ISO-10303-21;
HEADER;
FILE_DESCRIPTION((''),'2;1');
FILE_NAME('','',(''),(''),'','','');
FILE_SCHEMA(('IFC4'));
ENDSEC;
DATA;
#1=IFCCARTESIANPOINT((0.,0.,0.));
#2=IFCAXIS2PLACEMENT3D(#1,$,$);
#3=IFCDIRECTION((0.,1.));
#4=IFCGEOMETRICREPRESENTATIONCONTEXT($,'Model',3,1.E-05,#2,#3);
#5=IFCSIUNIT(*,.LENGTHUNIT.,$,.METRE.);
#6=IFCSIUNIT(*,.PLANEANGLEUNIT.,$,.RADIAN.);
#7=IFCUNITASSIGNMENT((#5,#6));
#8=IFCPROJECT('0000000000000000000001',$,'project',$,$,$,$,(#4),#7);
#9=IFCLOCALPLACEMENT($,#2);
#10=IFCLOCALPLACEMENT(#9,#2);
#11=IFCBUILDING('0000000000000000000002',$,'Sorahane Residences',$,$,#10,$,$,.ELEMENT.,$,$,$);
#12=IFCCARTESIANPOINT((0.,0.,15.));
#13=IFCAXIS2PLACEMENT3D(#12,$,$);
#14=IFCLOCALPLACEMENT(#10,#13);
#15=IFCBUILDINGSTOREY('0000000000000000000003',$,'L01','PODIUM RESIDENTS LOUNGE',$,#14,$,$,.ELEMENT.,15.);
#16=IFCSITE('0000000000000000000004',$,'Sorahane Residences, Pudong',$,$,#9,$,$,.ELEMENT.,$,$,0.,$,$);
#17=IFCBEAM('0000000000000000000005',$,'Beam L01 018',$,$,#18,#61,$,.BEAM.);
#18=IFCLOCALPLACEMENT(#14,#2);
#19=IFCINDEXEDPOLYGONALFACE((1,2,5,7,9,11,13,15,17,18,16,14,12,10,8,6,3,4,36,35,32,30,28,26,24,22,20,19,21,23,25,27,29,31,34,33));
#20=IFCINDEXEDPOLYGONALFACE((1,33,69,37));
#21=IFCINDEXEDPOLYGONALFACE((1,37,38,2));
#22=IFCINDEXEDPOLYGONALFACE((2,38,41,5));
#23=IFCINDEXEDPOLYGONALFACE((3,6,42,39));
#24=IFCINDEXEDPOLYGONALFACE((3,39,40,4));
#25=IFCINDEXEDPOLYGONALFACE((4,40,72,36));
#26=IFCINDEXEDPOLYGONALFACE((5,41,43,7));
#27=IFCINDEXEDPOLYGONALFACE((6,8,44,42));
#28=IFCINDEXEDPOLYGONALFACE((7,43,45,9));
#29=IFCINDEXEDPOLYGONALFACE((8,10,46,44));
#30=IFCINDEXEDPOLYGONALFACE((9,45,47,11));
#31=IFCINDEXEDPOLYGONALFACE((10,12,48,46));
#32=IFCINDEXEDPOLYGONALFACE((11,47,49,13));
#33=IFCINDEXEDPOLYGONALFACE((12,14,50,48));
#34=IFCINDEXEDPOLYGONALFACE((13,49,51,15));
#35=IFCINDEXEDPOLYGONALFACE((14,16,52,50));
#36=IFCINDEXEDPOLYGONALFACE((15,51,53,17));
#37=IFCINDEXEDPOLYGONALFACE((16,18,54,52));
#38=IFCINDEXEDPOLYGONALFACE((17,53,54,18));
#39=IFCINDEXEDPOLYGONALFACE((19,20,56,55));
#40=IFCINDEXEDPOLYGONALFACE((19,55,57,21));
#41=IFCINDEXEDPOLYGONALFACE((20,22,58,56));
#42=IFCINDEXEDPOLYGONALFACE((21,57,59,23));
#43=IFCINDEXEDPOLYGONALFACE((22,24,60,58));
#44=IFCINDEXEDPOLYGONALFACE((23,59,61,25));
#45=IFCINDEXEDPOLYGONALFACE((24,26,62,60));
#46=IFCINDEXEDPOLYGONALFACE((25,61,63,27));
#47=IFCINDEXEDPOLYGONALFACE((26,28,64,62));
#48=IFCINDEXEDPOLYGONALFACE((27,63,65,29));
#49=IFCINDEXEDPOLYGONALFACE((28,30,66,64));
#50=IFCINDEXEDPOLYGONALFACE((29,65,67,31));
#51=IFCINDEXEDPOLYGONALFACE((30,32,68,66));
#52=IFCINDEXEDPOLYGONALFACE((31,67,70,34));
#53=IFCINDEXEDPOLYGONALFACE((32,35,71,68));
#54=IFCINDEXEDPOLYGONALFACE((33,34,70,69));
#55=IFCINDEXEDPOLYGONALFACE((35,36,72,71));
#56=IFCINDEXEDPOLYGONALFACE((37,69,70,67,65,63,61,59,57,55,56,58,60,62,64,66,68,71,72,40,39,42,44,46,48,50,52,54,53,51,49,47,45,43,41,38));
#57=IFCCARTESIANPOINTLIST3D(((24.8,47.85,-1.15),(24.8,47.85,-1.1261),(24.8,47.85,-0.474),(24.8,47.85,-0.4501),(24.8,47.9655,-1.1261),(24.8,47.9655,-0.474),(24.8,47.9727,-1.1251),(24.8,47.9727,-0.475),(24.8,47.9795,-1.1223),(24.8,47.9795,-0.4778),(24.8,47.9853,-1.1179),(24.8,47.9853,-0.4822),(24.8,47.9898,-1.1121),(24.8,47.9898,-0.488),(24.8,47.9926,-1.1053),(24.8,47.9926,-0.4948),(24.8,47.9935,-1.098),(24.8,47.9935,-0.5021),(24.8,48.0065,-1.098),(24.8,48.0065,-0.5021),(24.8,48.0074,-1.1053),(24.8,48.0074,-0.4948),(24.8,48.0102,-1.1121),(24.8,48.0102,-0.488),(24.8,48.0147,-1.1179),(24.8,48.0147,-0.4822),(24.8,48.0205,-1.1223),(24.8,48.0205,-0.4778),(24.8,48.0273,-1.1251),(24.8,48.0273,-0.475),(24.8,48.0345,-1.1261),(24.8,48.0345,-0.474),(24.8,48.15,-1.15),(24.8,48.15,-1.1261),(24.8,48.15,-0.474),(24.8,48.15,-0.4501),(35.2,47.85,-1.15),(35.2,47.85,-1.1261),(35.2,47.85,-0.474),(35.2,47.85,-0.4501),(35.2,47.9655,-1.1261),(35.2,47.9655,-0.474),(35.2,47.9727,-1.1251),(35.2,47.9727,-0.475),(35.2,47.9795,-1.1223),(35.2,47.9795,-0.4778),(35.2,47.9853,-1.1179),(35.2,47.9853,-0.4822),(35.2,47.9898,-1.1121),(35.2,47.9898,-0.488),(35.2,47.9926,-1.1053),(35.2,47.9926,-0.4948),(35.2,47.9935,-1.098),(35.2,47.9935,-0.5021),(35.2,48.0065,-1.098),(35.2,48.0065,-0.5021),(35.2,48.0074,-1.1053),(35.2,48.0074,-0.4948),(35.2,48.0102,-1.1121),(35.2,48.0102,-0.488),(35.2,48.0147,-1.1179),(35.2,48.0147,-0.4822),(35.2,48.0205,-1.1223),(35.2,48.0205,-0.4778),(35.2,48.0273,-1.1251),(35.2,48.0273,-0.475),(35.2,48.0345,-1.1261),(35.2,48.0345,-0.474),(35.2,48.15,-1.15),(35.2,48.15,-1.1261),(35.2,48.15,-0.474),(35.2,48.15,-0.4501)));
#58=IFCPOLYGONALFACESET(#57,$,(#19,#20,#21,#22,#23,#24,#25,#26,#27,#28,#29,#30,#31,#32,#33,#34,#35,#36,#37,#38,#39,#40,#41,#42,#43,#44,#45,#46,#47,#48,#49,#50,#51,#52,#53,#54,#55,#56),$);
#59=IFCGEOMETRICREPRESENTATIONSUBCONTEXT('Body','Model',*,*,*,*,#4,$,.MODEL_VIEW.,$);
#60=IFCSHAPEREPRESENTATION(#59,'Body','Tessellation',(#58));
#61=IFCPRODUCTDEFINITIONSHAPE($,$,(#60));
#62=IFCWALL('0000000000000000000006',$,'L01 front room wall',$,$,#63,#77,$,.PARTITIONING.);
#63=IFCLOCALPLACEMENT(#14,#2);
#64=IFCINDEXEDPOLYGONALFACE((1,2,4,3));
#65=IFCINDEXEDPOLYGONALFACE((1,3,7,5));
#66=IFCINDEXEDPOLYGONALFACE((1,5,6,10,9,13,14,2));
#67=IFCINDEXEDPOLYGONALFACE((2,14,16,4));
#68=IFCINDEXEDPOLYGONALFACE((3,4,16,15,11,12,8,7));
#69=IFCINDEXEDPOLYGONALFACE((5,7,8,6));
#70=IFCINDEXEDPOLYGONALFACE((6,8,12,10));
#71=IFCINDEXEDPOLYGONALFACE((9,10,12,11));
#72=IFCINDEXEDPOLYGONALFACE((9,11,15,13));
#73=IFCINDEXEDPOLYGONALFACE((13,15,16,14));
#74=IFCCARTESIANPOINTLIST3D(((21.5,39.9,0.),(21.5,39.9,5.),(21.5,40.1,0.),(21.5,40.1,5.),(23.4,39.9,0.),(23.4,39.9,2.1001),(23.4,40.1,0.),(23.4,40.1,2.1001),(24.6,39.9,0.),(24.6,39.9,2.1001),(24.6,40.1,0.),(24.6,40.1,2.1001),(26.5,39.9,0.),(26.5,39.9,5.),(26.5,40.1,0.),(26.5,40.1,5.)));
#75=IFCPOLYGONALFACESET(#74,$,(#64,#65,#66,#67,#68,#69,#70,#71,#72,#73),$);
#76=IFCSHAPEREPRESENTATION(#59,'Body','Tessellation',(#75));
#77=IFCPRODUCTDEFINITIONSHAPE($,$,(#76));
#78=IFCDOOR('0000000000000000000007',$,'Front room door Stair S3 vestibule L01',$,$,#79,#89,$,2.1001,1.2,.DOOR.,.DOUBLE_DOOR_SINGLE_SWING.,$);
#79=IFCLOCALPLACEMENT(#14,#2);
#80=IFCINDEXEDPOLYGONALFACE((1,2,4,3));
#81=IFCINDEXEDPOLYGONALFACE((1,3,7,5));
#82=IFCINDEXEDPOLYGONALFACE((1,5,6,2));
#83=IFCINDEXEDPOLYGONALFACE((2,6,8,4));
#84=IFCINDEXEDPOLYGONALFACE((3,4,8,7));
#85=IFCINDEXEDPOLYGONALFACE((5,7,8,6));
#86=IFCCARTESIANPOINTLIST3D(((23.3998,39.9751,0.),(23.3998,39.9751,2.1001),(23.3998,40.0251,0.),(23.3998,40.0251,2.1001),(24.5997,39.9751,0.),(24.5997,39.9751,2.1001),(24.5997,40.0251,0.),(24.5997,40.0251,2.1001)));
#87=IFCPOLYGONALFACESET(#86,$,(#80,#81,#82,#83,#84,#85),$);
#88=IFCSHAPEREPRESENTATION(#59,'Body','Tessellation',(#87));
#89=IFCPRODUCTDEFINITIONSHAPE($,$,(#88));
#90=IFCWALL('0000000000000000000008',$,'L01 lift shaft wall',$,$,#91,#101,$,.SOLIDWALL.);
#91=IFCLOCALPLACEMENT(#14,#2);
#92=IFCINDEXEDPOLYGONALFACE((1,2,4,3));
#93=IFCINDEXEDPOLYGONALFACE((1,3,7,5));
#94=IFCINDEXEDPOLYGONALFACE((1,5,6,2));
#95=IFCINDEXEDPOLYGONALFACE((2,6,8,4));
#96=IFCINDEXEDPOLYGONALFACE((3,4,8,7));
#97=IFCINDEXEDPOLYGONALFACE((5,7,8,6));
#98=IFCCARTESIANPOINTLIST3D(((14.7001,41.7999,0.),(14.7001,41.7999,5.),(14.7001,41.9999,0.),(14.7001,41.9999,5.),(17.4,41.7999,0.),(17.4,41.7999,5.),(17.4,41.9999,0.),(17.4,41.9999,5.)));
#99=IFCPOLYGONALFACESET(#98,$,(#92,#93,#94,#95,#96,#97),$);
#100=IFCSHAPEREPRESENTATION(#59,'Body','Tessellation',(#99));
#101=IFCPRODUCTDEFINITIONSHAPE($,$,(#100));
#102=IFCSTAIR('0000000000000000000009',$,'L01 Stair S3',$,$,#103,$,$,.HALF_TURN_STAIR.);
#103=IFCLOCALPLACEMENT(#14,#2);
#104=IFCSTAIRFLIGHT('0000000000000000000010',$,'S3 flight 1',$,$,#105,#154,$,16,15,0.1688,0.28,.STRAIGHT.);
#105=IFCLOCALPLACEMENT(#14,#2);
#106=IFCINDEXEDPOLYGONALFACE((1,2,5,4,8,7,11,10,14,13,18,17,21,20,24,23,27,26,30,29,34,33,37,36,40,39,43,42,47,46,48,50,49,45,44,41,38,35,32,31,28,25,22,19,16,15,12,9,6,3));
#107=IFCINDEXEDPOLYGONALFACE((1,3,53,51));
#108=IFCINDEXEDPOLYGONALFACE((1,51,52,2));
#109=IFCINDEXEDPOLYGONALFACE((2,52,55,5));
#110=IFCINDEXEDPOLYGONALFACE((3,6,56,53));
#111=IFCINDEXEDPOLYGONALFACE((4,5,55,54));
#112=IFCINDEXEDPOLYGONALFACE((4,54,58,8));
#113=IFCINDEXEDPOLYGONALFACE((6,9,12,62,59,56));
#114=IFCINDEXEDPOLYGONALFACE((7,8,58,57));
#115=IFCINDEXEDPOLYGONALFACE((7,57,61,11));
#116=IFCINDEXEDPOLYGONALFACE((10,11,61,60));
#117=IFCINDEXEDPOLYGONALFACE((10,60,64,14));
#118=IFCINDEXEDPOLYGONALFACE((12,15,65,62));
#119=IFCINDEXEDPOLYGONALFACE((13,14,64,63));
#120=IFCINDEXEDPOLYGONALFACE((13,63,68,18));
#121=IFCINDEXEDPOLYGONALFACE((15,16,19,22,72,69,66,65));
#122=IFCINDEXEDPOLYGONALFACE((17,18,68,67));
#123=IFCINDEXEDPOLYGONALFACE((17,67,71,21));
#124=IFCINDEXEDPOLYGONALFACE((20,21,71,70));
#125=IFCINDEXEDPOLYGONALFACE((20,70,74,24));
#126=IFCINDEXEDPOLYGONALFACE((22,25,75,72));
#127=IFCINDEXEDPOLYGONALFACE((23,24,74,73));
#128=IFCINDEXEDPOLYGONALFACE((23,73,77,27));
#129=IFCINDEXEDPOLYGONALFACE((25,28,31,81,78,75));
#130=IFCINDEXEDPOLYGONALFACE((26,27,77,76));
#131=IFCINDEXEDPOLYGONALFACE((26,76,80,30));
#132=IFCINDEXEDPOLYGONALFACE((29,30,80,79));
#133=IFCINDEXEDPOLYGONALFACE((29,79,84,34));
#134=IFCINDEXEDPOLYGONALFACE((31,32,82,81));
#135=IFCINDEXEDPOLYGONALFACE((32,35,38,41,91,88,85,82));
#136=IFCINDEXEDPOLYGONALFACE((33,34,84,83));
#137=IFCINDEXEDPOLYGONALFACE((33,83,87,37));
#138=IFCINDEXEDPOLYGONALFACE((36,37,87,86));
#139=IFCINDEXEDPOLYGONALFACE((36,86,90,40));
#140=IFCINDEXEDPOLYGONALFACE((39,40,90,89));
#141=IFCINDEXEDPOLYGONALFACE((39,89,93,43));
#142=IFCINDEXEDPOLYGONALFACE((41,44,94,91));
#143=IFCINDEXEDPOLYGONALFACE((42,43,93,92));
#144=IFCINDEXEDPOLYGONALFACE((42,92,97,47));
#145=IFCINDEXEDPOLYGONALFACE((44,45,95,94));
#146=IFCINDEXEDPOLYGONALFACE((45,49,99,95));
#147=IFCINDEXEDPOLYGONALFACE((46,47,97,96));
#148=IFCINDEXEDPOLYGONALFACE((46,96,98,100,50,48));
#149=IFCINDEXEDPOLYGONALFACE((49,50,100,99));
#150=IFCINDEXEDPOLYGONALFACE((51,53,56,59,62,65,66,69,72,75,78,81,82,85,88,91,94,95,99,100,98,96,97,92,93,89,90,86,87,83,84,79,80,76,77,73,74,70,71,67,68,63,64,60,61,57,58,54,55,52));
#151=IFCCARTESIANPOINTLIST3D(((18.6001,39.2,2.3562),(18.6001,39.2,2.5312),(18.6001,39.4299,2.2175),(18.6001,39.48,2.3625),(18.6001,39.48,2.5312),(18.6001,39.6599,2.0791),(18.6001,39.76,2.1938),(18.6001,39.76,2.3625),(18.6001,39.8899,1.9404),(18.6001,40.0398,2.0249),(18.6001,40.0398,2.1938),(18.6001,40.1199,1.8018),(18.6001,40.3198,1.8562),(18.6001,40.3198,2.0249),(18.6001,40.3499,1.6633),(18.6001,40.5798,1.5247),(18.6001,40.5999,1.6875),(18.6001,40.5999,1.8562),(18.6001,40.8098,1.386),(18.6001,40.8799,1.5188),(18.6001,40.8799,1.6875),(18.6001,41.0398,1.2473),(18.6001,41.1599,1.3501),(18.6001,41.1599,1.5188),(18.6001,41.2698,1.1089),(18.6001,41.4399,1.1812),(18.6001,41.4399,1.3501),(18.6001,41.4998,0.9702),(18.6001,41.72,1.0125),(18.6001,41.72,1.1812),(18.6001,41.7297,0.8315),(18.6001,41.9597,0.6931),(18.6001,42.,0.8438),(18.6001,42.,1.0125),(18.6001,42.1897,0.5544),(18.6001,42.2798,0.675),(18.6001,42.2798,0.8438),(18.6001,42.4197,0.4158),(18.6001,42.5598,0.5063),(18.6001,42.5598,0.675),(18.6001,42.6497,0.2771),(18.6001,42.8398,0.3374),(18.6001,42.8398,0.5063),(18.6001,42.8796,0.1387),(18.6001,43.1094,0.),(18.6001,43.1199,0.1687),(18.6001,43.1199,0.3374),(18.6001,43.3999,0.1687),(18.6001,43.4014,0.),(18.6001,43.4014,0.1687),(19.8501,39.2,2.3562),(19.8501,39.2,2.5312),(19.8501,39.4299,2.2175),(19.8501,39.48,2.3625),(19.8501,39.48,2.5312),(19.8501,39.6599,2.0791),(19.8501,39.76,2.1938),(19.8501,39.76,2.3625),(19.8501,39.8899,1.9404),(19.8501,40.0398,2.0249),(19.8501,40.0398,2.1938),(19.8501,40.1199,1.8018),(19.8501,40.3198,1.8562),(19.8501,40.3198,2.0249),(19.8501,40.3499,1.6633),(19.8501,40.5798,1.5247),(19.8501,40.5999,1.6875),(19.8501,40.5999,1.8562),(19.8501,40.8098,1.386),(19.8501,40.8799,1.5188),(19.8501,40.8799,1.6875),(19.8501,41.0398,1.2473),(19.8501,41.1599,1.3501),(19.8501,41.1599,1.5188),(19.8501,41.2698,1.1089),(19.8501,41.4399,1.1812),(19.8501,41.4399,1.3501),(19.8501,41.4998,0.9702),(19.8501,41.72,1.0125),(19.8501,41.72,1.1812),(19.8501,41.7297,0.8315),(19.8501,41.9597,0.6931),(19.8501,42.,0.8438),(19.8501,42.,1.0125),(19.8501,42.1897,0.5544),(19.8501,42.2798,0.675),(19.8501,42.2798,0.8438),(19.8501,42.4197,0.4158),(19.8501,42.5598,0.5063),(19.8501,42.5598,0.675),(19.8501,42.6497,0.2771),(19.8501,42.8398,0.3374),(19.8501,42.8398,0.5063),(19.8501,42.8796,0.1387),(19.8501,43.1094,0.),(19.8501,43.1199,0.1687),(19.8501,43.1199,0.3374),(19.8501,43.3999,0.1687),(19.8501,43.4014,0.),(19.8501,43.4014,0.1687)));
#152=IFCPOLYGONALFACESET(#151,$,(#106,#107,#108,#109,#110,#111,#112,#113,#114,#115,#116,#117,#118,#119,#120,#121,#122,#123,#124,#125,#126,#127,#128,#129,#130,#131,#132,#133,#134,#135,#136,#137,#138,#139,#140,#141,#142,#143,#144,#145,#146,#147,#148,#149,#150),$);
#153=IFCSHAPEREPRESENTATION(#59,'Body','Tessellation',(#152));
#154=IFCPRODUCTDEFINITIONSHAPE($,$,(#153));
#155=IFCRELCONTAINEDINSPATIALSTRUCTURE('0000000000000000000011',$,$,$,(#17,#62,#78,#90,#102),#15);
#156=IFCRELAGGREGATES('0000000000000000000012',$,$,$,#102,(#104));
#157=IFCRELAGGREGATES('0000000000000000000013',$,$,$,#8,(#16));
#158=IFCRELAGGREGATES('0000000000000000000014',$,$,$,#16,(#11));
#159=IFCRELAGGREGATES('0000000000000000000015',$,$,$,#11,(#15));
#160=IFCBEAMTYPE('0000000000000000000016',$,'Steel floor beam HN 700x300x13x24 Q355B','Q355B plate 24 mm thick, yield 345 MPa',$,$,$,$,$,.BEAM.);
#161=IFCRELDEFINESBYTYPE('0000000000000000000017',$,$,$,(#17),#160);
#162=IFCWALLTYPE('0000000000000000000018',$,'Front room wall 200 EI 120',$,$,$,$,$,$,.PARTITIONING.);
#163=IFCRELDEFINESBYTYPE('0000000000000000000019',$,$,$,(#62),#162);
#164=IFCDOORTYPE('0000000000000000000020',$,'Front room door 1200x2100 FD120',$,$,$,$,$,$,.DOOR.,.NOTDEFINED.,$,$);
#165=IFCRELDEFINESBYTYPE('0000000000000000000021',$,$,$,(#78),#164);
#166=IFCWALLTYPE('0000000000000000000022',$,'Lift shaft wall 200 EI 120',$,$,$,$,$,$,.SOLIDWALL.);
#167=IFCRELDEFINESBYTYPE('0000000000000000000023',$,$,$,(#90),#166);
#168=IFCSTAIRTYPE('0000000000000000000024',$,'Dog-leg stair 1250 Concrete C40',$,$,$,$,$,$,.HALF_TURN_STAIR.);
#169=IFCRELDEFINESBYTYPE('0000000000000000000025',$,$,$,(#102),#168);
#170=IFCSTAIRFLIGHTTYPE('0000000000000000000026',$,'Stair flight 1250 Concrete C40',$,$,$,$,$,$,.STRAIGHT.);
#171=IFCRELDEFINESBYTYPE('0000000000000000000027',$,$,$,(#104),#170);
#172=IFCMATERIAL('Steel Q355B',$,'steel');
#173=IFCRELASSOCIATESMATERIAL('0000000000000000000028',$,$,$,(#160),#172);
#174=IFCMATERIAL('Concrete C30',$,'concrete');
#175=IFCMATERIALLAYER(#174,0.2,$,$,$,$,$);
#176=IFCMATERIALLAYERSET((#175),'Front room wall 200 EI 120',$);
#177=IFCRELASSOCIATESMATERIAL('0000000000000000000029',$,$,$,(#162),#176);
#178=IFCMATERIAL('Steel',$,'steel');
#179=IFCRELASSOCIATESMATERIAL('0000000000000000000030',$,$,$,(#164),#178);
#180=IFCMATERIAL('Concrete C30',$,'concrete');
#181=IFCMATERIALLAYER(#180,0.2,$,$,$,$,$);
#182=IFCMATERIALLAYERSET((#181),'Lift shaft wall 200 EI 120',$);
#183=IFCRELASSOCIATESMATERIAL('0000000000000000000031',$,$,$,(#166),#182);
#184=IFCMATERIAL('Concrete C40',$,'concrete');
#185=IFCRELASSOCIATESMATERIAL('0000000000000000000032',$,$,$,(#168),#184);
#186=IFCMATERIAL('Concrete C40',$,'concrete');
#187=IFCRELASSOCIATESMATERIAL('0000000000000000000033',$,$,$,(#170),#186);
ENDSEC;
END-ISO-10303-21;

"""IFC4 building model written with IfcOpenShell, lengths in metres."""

from ifc_helpers import new_model, si_unit, direction, frame, frame_2d, origin, origin_2d, place, context, subcontext, project, spatial, polyline, rectangle, i_section, outline, extrude, material, layer, layer_set, material_profile, profile_set, type_object, element, fill, aggregate, save


model = new_model("IFC4")

# Units and contexts
model_context = context("Model", 3, precision=1e-05, world=origin(), true_north=direction((0.0, 1.0)))
body_context = subcontext(model_context, "Body", "Model", "MODEL_VIEW")
ifc_project = project(units=[si_unit("LENGTHUNIT", "METRE"), si_unit("PLANEANGLEUNIT", "RADIAN")], contexts=[model_context])

# Site, building, storey
site_placement = place(None, origin())
site = spatial("IfcSite", under=ifc_project, at=site_placement, Name="Sorahane Residences, Pudong", CompositionType="ELEMENT", RefElevation=0.0)
building_placement = place(site_placement, origin())
building = spatial("IfcBuilding", under=site, at=building_placement, Name="Sorahane Residences", CompositionType="ELEMENT")
storey_placement = place(building_placement, frame((0.0, 0.0, 15.0)))
storey = spatial("IfcBuildingStorey", under=building, at=storey_placement, Name="L01", Description="PODIUM RESIDENTS LOUNGE", CompositionType="ELEMENT", Elevation=15.0)

# Beam
ifc_material_1 = material(Name="Steel Q355B", Category="steel")
ifc_material_profile_1 = material_profile(ifc_material_1, i_section(OverallWidth=0.3, OverallDepth=0.7, WebThickness=0.0129, FlangeThickness=0.0239, FilletRadius=0.0281, at=origin_2d()), Name="HN 700x300x13x24")
ifc_profile_set_1 = profile_set([ifc_material_profile_1], Name="Steel Q355B")
beam_type_1 = type_object("IfcBeamType", Name="Steel floor beam HN 700x300x13x24 Q355B", Description="Q355B plate 24 mm thick, yield 345 MPa", PredefinedType="BEAM", material=ifc_profile_set_1)
for number, where, z_axis, x_axis, name in (
    (1, (24.8, 48.0, -0.8), (1.0, 0.0, 0.0), (0.0, 1.0, 0.0), "Beam L01 018"),
):
    element("IfcBeam", number, at=place(storey_placement, frame(where, z_axis=z_axis, x_axis=x_axis)), inside=storey, type_object=beam_type_1, Name=name, PredefinedType="BEAM", context=body_context, shape_type="SweptSolid", body=[
        extrude(i_section(OverallWidth=0.3, OverallDepth=0.7, WebThickness=0.0129, FlangeThickness=0.0239, FilletRadius=0.0281, at=origin_2d()), origin(), (0.0, 0.0, 1.0), 10.3999),
    ])

# Wall, opening, door
ifc_material_2 = material(Name="Concrete C30", Category="concrete")
ifc_layer_1 = layer(ifc_material_2, 0.2)
ifc_layer_set_1 = layer_set([ifc_layer_1], Name="Front room wall 200 EI 120")
wall_type_1 = type_object("IfcWallType", Name="Front room wall 200 EI 120", PredefinedType="PARTITIONING", material=ifc_layer_set_1)
wall_1_placement = place(storey_placement, frame((21.5, 40.0, 0.0), z_axis=(0.0, 0.0, 1.0), x_axis=(1.0, 0.0, 0.0)))
wall_1 = element("IfcWall", 2, at=wall_1_placement, inside=storey, type_object=wall_type_1, Name="L01 front room wall", PredefinedType="PARTITIONING", context=body_context, shape_type="SweptSolid", body=[
    extrude(rectangle(XDim=5.0, YDim=0.2, at=frame_2d((2.5, 0.0))), origin(), (0.0, 0.0, 1.0), 5.0),
])
opening_placement = place(wall_1_placement, frame((1.8999, 0.0, 0.0)))
opening = element("IfcOpeningElement", 3, at=opening_placement, cuts=wall_1, PredefinedType="OPENING", context=body_context, shape_type="SweptSolid", body=[
    extrude(rectangle(XDim=1.2, YDim=2.1001, at=frame_2d((0.6001, 1.05))), frame((0.0, 0.1099, 0.0), z_axis=(0.0, -1.0, 0.0), x_axis=(1.0, 0.0, 0.0)), (0.0, 0.0, 1.0), 0.22),
])
ifc_material_3 = material(Name="Steel", Category="steel")
door_type = type_object("IfcDoorType", Name="Front room door 1200x2100 FD120", OperationType="NOTDEFINED", PredefinedType="DOOR", material=ifc_material_3)
door_placement = place(opening_placement, frame((1.2, 0.0, 0.0), z_axis=(0.0, 0.0, 1.0), x_axis=(-1.0, 0.0, 0.0)))
door = element("IfcDoor", 4, at=door_placement, inside=storey, type_object=door_type, Name="Front room door Stair S3 vestibule L01", OperationType="DOUBLE_DOOR_SINGLE_SWING", OverallHeight=2.1001, OverallWidth=1.2, PredefinedType="DOOR", context=body_context, shape_type="SweptSolid", body=[
    extrude(rectangle(XDim=1.2, YDim=2.1001, at=frame_2d((0.6001, 1.05))), frame((0.0, 0.0249, 0.0), z_axis=(0.0, -1.0, 0.0), x_axis=(1.0, 0.0, 0.0)), (0.0, 0.0, 1.0), 0.05),
])
fill(opening, door)

# Wall
ifc_material_4 = material(Name="Concrete C30", Category="concrete")
ifc_layer_2 = layer(ifc_material_4, 0.2)
ifc_layer_set_2 = layer_set([ifc_layer_2], Name="Lift shaft wall 200 EI 120")
wall_type_2 = type_object("IfcWallType", Name="Lift shaft wall 200 EI 120", PredefinedType="SOLIDWALL", material=ifc_layer_set_2)
wall_2_placement = place(storey_placement, frame((14.7, 41.8999, 0.0), z_axis=(0.0, 0.0, 1.0), x_axis=(1.0, 0.0, 0.0)))
element("IfcWall", 5, at=wall_2_placement, inside=storey, type_object=wall_type_2, Name="L01 lift shaft wall", PredefinedType="SOLIDWALL", context=body_context, shape_type="SweptSolid", body=[
    extrude(rectangle(XDim=2.7, YDim=0.2, at=frame_2d((1.3501, 0.0))), origin(), (0.0, 0.0, 1.0), 5.0),
])

# Stair, stair flight
ifc_material_5 = material(Name="Concrete C40", Category="concrete")
stair_type = type_object("IfcStairType", Name="Dog-leg stair 1250 Concrete C40", PredefinedType="HALF_TURN_STAIR", material=ifc_material_5)
stair_placement = place(storey_placement, origin())
stair = element("IfcStair", 6, at=stair_placement, inside=storey, type_object=stair_type, Name="L01 Stair S3", PredefinedType="HALF_TURN_STAIR")
ifc_material_6 = material(Name="Concrete C40", Category="concrete")
stair_flight_type = type_object("IfcStairFlightType", Name="Stair flight 1250 Concrete C40", PredefinedType="STRAIGHT", material=ifc_material_6)
stair_flight_1_placement = place(storey_placement, frame((19.2251, 43.3999, 0.0), z_axis=(0.0, 0.0, 1.0), x_axis=(0.0, -1.0, 0.0)))
stair_flight_1 = element("IfcStairFlight", 7, at=stair_flight_1_placement, type_object=stair_flight_type, Name="S3 flight 1", NumberOfRisers=16, NumberOfTreads=15, PredefinedType="STRAIGHT", RiserHeight=0.1688, TreadLength=0.28, context=body_context, shape_type="SweptSolid", body=[
    extrude(outline(polyline([(-0.0015, 0.0), (-0.0015, 0.1687), (0.0, 0.1687), (0.28, 0.1687), (0.28, 0.3374), (0.5601, 0.3374), (0.5601, 0.5063), (0.8401, 0.5063), (0.8401, 0.675), (1.1201, 0.675), (1.1201, 0.8438), (1.3999, 0.8438), (1.3999, 1.0125), (1.6799, 1.0125), (1.6799, 1.1812), (1.96, 1.1812), (1.96, 1.3501), (2.24, 1.3501), (2.24, 1.5188), (2.52, 1.5188), (2.52, 1.6875), (2.8, 1.6875), (2.8, 1.8562), (3.0801, 1.8562), (3.0801, 2.0249), (3.3601, 2.0249), (3.3601, 2.1938), (3.6399, 2.1938), (3.6399, 2.3625), (3.9199, 2.3625), (3.9199, 2.5312), (4.2, 2.5312), (4.2, 2.7), (4.2, 2.3562), (3.97, 2.2175), (3.74, 2.0791), (3.51, 1.9404), (3.28, 1.8018), (3.05, 1.6633), (2.8201, 1.5247), (2.5901, 1.386), (2.3601, 1.2473), (2.1301, 1.1089), (1.9001, 0.9702), (1.6702, 0.8315), (1.4402, 0.6931), (1.2102, 0.5544), (0.9802, 0.4158), (0.7502, 0.2771), (0.5203, 0.1387), (0.2905, 0.0), (-0.0015, 0.0)])), frame((0.0, 0.625, 0.0), z_axis=(0.0, -1.0, 0.0), x_axis=(1.0, 0.0, 0.0)), (0.0, 0.0, 1.0), 1.25),
])
aggregate(stair, [stair_flight_1])

save(model, "model.ifc")
